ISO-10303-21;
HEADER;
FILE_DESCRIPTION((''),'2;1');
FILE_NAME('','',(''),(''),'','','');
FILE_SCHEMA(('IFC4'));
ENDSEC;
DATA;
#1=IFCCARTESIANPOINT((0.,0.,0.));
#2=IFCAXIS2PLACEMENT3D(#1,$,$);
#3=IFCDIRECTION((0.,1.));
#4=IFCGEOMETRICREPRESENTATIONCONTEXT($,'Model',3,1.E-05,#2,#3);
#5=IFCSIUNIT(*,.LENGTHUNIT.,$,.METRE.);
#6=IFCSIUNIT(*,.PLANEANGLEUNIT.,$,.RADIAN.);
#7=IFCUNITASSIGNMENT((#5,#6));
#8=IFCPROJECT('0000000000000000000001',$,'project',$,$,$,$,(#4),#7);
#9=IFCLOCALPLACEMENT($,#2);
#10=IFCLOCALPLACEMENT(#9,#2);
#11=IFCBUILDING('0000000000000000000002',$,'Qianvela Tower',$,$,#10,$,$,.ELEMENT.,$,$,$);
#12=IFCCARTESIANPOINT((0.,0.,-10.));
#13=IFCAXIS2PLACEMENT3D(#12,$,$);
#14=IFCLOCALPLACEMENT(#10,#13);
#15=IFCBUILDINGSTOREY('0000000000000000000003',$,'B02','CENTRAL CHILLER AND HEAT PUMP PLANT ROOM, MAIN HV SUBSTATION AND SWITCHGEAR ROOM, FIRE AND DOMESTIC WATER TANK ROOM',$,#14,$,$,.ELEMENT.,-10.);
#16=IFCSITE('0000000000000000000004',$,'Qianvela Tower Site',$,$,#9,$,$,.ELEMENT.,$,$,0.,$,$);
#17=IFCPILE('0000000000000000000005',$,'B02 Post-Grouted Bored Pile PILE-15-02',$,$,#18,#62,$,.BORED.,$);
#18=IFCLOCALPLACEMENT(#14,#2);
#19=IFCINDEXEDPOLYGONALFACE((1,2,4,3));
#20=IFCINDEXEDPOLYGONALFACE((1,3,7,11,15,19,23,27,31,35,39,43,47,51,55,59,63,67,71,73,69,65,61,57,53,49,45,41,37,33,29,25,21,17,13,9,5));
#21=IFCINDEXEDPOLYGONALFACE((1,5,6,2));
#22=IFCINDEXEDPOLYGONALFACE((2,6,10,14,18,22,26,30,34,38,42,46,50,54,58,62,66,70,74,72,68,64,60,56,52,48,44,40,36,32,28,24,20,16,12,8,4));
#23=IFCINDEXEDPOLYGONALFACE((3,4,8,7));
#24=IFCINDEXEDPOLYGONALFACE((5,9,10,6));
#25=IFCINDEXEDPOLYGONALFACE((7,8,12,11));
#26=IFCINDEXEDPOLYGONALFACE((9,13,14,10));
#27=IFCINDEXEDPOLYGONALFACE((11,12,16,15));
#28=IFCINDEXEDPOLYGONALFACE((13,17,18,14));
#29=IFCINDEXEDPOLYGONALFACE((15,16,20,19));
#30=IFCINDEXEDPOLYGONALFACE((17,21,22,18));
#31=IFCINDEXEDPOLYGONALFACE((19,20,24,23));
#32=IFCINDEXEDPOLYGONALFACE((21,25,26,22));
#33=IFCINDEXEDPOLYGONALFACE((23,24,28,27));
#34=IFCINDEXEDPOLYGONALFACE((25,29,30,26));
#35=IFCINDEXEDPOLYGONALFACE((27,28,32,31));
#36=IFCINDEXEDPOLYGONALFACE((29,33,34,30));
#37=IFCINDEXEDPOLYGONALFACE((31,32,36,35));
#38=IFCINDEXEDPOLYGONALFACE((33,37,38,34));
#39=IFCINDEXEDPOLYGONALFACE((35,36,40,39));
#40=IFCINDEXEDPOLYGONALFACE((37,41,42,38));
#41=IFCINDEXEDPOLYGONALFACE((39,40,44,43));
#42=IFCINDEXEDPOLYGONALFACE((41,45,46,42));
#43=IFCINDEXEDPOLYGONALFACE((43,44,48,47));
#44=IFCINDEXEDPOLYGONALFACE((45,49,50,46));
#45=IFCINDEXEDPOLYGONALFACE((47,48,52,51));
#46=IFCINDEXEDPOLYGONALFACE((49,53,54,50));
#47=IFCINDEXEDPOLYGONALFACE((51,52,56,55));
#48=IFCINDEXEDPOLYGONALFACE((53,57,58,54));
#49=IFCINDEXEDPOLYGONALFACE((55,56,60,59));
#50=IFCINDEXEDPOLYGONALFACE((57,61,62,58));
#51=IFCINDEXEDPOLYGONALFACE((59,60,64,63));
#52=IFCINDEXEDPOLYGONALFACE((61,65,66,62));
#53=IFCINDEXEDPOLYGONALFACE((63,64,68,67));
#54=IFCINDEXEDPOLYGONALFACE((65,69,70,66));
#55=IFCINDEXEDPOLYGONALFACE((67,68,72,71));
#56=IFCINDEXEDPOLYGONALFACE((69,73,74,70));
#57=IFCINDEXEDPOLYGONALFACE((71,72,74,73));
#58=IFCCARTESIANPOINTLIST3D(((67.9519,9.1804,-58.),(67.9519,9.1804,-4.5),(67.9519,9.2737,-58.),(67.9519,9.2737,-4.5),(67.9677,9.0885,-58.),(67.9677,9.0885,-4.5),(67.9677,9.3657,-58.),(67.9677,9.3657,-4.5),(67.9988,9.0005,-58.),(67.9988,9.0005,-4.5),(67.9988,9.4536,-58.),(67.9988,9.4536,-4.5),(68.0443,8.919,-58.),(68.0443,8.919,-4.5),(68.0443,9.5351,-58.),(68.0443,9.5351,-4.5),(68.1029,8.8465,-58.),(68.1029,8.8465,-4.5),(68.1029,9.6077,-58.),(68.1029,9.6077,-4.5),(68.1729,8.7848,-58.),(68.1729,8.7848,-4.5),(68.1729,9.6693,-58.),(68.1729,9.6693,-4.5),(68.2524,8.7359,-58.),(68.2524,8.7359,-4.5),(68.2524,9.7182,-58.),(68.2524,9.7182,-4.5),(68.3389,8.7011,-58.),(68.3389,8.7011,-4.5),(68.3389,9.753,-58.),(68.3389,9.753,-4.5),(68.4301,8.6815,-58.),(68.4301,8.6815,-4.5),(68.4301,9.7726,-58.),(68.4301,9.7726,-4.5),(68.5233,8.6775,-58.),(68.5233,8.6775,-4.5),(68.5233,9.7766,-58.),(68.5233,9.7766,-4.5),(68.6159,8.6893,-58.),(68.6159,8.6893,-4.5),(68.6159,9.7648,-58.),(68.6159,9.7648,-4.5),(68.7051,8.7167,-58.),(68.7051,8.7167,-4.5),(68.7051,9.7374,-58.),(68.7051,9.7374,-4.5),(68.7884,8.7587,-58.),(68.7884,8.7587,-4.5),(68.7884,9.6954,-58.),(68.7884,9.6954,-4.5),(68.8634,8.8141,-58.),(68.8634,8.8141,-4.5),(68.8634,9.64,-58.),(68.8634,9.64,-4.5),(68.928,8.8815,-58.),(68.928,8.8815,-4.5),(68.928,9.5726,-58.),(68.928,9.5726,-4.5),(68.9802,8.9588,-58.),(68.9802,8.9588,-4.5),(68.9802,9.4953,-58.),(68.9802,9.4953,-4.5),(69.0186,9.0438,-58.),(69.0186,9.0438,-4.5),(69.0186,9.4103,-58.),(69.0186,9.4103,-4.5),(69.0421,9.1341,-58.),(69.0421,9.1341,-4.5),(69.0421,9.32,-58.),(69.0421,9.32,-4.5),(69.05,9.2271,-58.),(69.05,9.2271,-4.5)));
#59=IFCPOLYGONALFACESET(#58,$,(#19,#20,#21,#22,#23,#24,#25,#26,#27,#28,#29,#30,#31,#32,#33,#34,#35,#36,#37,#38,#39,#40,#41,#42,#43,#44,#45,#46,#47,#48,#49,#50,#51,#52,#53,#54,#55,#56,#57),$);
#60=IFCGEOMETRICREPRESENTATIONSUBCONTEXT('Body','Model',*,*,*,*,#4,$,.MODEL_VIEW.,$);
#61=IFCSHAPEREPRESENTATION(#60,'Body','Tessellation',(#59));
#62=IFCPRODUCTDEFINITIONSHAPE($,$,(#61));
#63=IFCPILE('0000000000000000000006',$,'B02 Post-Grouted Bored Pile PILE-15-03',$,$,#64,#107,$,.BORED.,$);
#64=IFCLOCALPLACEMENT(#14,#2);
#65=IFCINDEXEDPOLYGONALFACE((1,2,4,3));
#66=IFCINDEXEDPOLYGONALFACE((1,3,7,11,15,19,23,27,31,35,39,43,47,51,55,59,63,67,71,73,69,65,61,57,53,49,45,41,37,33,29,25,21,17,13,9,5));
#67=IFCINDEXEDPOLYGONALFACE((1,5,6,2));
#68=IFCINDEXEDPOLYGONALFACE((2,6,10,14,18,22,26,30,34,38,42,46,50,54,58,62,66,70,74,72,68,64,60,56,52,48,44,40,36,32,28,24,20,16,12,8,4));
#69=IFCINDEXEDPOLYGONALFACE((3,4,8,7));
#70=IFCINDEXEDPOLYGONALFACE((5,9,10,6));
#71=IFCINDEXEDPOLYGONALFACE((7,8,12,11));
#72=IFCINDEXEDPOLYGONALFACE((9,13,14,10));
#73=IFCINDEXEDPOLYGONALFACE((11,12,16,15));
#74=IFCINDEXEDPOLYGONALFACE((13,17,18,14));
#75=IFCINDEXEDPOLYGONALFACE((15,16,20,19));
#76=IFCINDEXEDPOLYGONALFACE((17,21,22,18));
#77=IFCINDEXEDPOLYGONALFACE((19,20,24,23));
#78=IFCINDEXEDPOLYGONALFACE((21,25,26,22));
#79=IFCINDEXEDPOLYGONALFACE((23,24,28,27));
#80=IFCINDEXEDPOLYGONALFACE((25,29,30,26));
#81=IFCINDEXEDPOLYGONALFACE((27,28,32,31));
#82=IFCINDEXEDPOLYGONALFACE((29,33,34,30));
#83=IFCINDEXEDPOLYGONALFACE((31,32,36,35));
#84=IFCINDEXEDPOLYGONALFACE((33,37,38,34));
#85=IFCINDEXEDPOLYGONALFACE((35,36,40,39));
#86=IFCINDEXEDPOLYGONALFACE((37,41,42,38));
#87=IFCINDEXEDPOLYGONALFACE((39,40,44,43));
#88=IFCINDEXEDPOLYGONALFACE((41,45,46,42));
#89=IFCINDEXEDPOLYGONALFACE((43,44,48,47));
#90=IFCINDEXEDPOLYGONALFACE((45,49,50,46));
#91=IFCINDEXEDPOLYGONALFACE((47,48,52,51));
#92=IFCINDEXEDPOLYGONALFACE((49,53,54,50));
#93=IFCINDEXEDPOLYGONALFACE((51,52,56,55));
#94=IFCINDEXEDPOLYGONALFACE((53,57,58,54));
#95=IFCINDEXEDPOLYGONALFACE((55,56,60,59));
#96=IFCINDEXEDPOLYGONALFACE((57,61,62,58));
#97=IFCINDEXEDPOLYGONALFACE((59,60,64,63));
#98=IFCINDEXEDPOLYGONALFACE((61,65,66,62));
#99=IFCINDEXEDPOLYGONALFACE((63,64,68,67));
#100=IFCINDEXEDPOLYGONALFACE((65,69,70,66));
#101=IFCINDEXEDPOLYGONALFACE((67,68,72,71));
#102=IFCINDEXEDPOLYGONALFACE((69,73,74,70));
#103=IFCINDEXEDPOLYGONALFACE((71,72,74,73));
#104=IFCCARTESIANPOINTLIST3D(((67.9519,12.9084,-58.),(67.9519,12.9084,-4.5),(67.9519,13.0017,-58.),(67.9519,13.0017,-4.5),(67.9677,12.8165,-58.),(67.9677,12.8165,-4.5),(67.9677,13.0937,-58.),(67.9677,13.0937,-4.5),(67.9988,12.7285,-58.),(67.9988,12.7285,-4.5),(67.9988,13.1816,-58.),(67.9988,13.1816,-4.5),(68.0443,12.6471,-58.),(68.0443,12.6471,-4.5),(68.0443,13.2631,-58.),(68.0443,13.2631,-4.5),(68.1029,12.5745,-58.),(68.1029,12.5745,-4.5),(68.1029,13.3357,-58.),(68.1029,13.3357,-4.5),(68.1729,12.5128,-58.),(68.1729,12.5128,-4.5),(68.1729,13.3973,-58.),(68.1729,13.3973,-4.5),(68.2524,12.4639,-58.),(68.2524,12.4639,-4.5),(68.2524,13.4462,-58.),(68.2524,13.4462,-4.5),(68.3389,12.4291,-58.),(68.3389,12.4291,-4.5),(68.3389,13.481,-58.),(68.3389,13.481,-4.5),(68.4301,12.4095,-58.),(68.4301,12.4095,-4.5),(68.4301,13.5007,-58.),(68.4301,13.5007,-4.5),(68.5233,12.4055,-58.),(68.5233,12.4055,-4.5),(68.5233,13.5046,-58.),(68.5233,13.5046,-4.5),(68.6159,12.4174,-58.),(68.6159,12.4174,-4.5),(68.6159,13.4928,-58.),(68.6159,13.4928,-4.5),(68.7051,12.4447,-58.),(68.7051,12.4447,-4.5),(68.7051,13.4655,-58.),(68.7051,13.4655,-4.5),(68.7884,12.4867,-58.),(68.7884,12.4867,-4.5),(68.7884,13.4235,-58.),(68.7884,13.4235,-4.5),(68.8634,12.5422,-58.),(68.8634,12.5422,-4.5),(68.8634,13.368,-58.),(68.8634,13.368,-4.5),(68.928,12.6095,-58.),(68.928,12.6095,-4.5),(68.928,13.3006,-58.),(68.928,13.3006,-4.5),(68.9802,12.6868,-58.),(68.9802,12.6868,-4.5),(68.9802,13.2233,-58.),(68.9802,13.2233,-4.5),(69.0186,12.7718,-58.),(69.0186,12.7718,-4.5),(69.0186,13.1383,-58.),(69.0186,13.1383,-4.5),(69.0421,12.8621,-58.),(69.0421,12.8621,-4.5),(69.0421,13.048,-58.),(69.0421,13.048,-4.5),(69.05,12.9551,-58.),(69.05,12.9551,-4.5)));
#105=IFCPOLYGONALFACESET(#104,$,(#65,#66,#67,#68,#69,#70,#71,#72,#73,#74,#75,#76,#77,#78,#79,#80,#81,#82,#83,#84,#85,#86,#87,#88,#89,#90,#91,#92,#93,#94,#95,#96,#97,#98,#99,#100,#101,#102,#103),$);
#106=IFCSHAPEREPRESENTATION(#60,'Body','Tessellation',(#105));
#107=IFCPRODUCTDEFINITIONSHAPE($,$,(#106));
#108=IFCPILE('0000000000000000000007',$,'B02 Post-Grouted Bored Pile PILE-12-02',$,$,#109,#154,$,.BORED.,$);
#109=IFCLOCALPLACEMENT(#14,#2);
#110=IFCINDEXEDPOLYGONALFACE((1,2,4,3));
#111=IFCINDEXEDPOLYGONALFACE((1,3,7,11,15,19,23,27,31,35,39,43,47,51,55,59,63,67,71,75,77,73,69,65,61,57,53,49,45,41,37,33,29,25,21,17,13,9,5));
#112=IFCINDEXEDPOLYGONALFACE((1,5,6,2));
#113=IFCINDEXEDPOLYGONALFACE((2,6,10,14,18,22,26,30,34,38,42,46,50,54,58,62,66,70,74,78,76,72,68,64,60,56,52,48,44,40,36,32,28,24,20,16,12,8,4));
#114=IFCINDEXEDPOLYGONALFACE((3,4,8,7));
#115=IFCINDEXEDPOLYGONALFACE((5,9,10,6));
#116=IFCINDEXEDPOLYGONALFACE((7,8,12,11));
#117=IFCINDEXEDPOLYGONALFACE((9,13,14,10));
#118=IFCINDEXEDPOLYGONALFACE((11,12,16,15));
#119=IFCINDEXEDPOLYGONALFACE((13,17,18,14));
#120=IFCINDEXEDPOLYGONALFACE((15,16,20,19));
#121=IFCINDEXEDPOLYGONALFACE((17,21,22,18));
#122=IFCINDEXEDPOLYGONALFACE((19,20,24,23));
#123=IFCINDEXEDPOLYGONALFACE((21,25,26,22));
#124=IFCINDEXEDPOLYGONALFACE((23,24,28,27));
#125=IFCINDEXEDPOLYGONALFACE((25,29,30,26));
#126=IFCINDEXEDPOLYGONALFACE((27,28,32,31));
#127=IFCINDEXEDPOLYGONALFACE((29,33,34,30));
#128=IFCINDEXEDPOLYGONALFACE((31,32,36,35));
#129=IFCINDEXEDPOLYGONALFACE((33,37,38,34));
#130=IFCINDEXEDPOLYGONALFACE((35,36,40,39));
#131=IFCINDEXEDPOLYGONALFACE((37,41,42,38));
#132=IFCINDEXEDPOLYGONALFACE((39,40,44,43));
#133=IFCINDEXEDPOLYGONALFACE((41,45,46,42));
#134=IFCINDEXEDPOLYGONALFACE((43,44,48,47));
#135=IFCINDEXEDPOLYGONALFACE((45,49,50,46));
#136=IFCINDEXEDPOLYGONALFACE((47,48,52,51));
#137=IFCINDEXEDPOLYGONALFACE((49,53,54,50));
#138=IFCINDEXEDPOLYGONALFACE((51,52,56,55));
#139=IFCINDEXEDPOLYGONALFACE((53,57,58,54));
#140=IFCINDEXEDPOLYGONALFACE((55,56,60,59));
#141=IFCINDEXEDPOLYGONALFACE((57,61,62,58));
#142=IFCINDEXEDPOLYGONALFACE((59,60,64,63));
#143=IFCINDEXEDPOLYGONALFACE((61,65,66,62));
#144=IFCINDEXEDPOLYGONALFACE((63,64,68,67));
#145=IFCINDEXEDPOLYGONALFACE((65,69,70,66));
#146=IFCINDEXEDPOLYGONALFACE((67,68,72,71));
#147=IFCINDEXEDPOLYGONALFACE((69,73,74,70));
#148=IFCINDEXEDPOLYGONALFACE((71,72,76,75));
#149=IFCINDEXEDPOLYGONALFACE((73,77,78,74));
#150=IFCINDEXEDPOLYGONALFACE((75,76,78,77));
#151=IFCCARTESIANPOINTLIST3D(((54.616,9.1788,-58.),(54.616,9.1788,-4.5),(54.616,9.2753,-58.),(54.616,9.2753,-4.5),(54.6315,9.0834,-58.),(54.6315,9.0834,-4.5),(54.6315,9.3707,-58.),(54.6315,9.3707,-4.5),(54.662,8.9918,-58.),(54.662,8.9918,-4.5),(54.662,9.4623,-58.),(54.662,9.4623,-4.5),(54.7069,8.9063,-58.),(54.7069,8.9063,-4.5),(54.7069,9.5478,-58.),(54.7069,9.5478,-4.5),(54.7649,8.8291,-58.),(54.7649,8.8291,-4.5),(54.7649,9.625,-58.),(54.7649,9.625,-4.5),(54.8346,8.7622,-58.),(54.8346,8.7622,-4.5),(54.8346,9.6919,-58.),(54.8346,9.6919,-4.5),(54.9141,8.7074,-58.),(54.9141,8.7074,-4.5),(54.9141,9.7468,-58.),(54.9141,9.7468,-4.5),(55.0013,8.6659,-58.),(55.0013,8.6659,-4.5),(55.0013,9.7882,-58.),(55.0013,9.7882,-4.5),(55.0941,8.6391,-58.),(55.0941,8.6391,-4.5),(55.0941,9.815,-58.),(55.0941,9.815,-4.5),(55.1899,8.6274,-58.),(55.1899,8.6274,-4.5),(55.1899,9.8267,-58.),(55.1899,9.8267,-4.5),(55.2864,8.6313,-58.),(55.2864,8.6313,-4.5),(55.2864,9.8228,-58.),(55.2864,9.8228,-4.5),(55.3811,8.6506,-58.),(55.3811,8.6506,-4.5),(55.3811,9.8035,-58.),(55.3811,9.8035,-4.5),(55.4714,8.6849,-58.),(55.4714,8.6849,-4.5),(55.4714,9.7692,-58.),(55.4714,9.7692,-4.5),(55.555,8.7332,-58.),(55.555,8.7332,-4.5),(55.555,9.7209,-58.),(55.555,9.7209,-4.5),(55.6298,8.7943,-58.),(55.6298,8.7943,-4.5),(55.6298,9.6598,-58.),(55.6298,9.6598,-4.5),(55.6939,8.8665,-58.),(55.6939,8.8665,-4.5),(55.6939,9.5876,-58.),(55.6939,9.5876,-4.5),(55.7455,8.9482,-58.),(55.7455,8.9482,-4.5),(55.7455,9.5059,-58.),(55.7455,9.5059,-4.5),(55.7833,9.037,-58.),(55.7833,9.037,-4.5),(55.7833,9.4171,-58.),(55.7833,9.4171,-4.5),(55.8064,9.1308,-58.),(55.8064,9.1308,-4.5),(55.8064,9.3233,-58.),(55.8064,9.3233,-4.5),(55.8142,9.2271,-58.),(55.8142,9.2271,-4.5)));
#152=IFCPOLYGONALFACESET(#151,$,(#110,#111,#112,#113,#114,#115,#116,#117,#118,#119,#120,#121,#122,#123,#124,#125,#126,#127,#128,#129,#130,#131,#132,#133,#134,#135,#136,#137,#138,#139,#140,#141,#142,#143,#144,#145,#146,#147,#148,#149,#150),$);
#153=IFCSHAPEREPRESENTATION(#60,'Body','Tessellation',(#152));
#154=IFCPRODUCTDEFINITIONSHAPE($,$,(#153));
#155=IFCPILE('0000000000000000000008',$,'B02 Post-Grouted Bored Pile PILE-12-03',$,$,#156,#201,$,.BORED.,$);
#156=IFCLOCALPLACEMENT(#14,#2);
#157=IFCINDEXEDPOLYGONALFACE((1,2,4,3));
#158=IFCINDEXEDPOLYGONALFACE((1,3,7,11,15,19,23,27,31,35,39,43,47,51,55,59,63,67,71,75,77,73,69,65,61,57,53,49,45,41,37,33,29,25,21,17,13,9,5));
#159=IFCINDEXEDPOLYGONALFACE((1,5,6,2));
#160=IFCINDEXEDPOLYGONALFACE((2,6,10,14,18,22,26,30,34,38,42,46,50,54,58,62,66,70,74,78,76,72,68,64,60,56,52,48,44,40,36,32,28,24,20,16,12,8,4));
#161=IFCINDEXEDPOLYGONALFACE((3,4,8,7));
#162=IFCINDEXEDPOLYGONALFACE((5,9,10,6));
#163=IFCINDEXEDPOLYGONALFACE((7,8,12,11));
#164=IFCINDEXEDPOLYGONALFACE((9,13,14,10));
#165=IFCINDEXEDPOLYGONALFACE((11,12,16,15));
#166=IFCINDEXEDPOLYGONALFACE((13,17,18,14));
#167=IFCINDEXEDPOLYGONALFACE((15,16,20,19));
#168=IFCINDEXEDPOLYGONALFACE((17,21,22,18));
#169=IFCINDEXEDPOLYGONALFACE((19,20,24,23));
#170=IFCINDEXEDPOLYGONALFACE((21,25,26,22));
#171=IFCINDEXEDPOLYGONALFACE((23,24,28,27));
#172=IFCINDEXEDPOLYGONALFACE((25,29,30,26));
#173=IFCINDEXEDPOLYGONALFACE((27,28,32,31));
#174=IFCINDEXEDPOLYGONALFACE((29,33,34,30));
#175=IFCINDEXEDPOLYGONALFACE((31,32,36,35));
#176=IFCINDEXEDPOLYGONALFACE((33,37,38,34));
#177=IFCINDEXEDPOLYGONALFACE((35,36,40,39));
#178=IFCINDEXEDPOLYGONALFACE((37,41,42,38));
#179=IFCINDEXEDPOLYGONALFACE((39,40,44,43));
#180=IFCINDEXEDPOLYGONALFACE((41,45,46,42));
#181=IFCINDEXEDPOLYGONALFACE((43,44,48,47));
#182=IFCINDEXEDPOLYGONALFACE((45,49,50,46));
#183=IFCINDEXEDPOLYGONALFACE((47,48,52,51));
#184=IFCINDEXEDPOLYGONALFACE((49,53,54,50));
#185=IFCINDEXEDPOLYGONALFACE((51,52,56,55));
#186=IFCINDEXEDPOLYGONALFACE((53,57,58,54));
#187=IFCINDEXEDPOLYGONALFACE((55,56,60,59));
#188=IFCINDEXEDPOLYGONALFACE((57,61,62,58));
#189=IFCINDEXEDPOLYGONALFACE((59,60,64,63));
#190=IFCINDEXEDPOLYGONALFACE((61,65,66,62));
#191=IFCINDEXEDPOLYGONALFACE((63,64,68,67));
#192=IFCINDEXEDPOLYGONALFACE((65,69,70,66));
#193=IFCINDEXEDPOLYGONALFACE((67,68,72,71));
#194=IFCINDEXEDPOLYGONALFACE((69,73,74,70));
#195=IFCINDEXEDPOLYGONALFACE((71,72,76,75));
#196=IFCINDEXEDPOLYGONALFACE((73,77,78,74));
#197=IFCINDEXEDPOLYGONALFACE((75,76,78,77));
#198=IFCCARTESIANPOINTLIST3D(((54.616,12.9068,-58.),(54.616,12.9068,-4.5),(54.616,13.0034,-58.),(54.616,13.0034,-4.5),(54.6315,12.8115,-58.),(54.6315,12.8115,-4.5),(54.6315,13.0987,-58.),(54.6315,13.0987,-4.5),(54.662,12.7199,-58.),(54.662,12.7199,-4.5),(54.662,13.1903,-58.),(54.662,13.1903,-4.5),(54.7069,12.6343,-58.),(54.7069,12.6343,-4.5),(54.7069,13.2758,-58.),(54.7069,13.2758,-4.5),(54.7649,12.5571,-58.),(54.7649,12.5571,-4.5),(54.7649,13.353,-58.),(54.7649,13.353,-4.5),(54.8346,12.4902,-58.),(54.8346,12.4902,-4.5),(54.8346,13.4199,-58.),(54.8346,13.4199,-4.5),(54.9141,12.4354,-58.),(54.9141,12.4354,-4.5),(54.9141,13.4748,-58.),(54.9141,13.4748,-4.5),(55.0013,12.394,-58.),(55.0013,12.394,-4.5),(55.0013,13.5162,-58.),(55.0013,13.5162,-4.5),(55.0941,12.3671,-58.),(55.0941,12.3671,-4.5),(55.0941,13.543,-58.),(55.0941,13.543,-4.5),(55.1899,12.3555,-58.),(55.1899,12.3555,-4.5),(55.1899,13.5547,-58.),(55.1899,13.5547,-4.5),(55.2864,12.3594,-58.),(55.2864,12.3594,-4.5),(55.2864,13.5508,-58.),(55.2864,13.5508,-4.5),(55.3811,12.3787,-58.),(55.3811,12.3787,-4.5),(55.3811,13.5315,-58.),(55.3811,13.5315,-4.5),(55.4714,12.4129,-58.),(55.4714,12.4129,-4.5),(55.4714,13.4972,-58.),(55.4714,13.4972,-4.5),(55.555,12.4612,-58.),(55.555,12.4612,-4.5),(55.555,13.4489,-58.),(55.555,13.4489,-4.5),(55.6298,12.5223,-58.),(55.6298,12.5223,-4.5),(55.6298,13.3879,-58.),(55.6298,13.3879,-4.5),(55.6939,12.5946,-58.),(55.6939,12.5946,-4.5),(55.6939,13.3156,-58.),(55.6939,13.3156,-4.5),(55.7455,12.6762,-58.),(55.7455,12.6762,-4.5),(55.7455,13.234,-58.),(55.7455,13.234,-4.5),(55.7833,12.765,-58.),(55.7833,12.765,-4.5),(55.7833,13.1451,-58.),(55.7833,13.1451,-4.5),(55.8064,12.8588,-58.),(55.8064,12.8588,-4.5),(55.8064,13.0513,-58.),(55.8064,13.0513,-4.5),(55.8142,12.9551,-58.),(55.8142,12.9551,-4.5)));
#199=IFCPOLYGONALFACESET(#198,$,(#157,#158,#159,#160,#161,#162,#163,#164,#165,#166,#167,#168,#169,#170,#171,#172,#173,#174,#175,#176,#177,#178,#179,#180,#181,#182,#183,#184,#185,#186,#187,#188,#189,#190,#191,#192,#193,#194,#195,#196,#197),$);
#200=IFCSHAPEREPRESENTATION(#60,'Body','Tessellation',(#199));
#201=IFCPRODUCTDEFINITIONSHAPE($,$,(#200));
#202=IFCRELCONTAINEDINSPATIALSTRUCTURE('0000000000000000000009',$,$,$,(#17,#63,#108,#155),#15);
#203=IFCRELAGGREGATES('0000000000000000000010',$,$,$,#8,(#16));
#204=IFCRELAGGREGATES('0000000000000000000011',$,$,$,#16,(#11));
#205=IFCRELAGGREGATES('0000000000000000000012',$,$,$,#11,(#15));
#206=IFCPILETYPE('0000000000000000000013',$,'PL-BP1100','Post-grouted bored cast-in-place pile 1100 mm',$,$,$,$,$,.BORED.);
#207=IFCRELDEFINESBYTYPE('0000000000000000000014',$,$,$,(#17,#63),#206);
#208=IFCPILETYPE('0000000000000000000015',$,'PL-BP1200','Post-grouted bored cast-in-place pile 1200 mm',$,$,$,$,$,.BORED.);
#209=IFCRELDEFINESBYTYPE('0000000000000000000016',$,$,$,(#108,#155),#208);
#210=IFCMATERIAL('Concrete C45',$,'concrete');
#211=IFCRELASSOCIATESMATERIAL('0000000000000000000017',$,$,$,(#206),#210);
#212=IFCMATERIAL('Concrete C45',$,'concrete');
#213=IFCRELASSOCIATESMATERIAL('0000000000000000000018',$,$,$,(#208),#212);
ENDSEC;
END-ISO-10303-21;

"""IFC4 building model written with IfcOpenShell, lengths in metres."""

from ifc_helpers import new_model, si_unit, direction, frame, origin, origin_2d, place, context, subcontext, project, spatial, circle, extrude, material, material_profile, profile_set, type_object, element, save


model = new_model("IFC4")

# Units and contexts
model_context = context("Model", 3, precision=1e-05, world=origin(), true_north=direction((0.0, 1.0)))
body_context = subcontext(model_context, "Body", "Model", "MODEL_VIEW")
ifc_project = project(units=[si_unit("LENGTHUNIT", "METRE"), si_unit("PLANEANGLEUNIT", "RADIAN")], contexts=[model_context])

# Site, building, storey
site_placement = place(None, origin())
site = spatial("IfcSite", under=ifc_project, at=site_placement, Name="Qianvela Tower Site", CompositionType="ELEMENT", RefElevation=0.0)
building_placement = place(site_placement, origin())
building = spatial("IfcBuilding", under=site, at=building_placement, Name="Qianvela Tower", CompositionType="ELEMENT")
storey_placement = place(building_placement, frame((0.0, 0.0, -10.0)))
storey = spatial("IfcBuildingStorey", under=building, at=storey_placement, Name="B02", Description="CENTRAL CHILLER AND HEAT PUMP PLANT ROOM, MAIN HV SUBSTATION AND SWITCHGEAR ROOM, FIRE AND DOMESTIC WATER TANK ROOM", CompositionType="ELEMENT", Elevation=-10.0)

# Piles
ifc_material_1 = material(Name="Concrete C45", Category="concrete")
ifc_material_profile_1 = material_profile(ifc_material_1, circle(Radius=0.55, at=origin_2d()), Name="BP-1100")
ifc_profile_set_1 = profile_set([ifc_material_profile_1], Name="Concrete C45")
pile_type_1 = type_object("IfcPileType", Name="PL-BP1100", Description="Post-grouted bored cast-in-place pile 1100 mm", PredefinedType="BORED", material=ifc_profile_set_1)
for number, where, z_axis, x_axis, name in (
    (1, (68.5, 9.2271, -4.5), (0.0, 0.0, -1.0), (1.0, 0.0, 0.0), "B02 Post-Grouted Bored Pile PILE-15-02"),
    (2, (68.5, 12.9551, -4.5), (0.0, 0.0, -1.0), (1.0, 0.0, 0.0), "B02 Post-Grouted Bored Pile PILE-15-03"),
):
    element("IfcPile", number, at=place(storey_placement, frame(where, z_axis=z_axis, x_axis=x_axis)), inside=storey, type_object=pile_type_1, Name=name, PredefinedType="BORED", context=body_context, shape_type="SweptSolid", body=[
        extrude(circle(Radius=0.55, at=origin_2d()), origin(), (0.0, 0.0, 1.0), 53.5),
    ])
ifc_material_2 = material(Name="Concrete C45", Category="concrete")
ifc_material_profile_2 = material_profile(ifc_material_2, circle(Radius=0.6001, at=origin_2d()), Name="BP-1200")
ifc_profile_set_2 = profile_set([ifc_material_profile_2], Name="Concrete C45")
pile_type_2 = type_object("IfcPileType", Name="PL-BP1200", Description="Post-grouted bored cast-in-place pile 1200 mm", PredefinedType="BORED", material=ifc_profile_set_2)
for number, where, z_axis, x_axis, name in (
    (3, (55.2141, 9.2271, -4.5), (0.0, 0.0, -1.0), (1.0, 0.0, 0.0), "B02 Post-Grouted Bored Pile PILE-12-02"),
    (4, (55.2141, 12.9551, -4.5), (0.0, 0.0, -1.0), (1.0, 0.0, 0.0), "B02 Post-Grouted Bored Pile PILE-12-03"),
):
    element("IfcPile", number, at=place(storey_placement, frame(where, z_axis=z_axis, x_axis=x_axis)), inside=storey, type_object=pile_type_2, Name=name, PredefinedType="BORED", context=body_context, shape_type="SweptSolid", body=[
        extrude(circle(Radius=0.6001, at=origin_2d()), origin(), (0.0, 0.0, 1.0), 53.5),
    ])

save(model, "model.ifc")
